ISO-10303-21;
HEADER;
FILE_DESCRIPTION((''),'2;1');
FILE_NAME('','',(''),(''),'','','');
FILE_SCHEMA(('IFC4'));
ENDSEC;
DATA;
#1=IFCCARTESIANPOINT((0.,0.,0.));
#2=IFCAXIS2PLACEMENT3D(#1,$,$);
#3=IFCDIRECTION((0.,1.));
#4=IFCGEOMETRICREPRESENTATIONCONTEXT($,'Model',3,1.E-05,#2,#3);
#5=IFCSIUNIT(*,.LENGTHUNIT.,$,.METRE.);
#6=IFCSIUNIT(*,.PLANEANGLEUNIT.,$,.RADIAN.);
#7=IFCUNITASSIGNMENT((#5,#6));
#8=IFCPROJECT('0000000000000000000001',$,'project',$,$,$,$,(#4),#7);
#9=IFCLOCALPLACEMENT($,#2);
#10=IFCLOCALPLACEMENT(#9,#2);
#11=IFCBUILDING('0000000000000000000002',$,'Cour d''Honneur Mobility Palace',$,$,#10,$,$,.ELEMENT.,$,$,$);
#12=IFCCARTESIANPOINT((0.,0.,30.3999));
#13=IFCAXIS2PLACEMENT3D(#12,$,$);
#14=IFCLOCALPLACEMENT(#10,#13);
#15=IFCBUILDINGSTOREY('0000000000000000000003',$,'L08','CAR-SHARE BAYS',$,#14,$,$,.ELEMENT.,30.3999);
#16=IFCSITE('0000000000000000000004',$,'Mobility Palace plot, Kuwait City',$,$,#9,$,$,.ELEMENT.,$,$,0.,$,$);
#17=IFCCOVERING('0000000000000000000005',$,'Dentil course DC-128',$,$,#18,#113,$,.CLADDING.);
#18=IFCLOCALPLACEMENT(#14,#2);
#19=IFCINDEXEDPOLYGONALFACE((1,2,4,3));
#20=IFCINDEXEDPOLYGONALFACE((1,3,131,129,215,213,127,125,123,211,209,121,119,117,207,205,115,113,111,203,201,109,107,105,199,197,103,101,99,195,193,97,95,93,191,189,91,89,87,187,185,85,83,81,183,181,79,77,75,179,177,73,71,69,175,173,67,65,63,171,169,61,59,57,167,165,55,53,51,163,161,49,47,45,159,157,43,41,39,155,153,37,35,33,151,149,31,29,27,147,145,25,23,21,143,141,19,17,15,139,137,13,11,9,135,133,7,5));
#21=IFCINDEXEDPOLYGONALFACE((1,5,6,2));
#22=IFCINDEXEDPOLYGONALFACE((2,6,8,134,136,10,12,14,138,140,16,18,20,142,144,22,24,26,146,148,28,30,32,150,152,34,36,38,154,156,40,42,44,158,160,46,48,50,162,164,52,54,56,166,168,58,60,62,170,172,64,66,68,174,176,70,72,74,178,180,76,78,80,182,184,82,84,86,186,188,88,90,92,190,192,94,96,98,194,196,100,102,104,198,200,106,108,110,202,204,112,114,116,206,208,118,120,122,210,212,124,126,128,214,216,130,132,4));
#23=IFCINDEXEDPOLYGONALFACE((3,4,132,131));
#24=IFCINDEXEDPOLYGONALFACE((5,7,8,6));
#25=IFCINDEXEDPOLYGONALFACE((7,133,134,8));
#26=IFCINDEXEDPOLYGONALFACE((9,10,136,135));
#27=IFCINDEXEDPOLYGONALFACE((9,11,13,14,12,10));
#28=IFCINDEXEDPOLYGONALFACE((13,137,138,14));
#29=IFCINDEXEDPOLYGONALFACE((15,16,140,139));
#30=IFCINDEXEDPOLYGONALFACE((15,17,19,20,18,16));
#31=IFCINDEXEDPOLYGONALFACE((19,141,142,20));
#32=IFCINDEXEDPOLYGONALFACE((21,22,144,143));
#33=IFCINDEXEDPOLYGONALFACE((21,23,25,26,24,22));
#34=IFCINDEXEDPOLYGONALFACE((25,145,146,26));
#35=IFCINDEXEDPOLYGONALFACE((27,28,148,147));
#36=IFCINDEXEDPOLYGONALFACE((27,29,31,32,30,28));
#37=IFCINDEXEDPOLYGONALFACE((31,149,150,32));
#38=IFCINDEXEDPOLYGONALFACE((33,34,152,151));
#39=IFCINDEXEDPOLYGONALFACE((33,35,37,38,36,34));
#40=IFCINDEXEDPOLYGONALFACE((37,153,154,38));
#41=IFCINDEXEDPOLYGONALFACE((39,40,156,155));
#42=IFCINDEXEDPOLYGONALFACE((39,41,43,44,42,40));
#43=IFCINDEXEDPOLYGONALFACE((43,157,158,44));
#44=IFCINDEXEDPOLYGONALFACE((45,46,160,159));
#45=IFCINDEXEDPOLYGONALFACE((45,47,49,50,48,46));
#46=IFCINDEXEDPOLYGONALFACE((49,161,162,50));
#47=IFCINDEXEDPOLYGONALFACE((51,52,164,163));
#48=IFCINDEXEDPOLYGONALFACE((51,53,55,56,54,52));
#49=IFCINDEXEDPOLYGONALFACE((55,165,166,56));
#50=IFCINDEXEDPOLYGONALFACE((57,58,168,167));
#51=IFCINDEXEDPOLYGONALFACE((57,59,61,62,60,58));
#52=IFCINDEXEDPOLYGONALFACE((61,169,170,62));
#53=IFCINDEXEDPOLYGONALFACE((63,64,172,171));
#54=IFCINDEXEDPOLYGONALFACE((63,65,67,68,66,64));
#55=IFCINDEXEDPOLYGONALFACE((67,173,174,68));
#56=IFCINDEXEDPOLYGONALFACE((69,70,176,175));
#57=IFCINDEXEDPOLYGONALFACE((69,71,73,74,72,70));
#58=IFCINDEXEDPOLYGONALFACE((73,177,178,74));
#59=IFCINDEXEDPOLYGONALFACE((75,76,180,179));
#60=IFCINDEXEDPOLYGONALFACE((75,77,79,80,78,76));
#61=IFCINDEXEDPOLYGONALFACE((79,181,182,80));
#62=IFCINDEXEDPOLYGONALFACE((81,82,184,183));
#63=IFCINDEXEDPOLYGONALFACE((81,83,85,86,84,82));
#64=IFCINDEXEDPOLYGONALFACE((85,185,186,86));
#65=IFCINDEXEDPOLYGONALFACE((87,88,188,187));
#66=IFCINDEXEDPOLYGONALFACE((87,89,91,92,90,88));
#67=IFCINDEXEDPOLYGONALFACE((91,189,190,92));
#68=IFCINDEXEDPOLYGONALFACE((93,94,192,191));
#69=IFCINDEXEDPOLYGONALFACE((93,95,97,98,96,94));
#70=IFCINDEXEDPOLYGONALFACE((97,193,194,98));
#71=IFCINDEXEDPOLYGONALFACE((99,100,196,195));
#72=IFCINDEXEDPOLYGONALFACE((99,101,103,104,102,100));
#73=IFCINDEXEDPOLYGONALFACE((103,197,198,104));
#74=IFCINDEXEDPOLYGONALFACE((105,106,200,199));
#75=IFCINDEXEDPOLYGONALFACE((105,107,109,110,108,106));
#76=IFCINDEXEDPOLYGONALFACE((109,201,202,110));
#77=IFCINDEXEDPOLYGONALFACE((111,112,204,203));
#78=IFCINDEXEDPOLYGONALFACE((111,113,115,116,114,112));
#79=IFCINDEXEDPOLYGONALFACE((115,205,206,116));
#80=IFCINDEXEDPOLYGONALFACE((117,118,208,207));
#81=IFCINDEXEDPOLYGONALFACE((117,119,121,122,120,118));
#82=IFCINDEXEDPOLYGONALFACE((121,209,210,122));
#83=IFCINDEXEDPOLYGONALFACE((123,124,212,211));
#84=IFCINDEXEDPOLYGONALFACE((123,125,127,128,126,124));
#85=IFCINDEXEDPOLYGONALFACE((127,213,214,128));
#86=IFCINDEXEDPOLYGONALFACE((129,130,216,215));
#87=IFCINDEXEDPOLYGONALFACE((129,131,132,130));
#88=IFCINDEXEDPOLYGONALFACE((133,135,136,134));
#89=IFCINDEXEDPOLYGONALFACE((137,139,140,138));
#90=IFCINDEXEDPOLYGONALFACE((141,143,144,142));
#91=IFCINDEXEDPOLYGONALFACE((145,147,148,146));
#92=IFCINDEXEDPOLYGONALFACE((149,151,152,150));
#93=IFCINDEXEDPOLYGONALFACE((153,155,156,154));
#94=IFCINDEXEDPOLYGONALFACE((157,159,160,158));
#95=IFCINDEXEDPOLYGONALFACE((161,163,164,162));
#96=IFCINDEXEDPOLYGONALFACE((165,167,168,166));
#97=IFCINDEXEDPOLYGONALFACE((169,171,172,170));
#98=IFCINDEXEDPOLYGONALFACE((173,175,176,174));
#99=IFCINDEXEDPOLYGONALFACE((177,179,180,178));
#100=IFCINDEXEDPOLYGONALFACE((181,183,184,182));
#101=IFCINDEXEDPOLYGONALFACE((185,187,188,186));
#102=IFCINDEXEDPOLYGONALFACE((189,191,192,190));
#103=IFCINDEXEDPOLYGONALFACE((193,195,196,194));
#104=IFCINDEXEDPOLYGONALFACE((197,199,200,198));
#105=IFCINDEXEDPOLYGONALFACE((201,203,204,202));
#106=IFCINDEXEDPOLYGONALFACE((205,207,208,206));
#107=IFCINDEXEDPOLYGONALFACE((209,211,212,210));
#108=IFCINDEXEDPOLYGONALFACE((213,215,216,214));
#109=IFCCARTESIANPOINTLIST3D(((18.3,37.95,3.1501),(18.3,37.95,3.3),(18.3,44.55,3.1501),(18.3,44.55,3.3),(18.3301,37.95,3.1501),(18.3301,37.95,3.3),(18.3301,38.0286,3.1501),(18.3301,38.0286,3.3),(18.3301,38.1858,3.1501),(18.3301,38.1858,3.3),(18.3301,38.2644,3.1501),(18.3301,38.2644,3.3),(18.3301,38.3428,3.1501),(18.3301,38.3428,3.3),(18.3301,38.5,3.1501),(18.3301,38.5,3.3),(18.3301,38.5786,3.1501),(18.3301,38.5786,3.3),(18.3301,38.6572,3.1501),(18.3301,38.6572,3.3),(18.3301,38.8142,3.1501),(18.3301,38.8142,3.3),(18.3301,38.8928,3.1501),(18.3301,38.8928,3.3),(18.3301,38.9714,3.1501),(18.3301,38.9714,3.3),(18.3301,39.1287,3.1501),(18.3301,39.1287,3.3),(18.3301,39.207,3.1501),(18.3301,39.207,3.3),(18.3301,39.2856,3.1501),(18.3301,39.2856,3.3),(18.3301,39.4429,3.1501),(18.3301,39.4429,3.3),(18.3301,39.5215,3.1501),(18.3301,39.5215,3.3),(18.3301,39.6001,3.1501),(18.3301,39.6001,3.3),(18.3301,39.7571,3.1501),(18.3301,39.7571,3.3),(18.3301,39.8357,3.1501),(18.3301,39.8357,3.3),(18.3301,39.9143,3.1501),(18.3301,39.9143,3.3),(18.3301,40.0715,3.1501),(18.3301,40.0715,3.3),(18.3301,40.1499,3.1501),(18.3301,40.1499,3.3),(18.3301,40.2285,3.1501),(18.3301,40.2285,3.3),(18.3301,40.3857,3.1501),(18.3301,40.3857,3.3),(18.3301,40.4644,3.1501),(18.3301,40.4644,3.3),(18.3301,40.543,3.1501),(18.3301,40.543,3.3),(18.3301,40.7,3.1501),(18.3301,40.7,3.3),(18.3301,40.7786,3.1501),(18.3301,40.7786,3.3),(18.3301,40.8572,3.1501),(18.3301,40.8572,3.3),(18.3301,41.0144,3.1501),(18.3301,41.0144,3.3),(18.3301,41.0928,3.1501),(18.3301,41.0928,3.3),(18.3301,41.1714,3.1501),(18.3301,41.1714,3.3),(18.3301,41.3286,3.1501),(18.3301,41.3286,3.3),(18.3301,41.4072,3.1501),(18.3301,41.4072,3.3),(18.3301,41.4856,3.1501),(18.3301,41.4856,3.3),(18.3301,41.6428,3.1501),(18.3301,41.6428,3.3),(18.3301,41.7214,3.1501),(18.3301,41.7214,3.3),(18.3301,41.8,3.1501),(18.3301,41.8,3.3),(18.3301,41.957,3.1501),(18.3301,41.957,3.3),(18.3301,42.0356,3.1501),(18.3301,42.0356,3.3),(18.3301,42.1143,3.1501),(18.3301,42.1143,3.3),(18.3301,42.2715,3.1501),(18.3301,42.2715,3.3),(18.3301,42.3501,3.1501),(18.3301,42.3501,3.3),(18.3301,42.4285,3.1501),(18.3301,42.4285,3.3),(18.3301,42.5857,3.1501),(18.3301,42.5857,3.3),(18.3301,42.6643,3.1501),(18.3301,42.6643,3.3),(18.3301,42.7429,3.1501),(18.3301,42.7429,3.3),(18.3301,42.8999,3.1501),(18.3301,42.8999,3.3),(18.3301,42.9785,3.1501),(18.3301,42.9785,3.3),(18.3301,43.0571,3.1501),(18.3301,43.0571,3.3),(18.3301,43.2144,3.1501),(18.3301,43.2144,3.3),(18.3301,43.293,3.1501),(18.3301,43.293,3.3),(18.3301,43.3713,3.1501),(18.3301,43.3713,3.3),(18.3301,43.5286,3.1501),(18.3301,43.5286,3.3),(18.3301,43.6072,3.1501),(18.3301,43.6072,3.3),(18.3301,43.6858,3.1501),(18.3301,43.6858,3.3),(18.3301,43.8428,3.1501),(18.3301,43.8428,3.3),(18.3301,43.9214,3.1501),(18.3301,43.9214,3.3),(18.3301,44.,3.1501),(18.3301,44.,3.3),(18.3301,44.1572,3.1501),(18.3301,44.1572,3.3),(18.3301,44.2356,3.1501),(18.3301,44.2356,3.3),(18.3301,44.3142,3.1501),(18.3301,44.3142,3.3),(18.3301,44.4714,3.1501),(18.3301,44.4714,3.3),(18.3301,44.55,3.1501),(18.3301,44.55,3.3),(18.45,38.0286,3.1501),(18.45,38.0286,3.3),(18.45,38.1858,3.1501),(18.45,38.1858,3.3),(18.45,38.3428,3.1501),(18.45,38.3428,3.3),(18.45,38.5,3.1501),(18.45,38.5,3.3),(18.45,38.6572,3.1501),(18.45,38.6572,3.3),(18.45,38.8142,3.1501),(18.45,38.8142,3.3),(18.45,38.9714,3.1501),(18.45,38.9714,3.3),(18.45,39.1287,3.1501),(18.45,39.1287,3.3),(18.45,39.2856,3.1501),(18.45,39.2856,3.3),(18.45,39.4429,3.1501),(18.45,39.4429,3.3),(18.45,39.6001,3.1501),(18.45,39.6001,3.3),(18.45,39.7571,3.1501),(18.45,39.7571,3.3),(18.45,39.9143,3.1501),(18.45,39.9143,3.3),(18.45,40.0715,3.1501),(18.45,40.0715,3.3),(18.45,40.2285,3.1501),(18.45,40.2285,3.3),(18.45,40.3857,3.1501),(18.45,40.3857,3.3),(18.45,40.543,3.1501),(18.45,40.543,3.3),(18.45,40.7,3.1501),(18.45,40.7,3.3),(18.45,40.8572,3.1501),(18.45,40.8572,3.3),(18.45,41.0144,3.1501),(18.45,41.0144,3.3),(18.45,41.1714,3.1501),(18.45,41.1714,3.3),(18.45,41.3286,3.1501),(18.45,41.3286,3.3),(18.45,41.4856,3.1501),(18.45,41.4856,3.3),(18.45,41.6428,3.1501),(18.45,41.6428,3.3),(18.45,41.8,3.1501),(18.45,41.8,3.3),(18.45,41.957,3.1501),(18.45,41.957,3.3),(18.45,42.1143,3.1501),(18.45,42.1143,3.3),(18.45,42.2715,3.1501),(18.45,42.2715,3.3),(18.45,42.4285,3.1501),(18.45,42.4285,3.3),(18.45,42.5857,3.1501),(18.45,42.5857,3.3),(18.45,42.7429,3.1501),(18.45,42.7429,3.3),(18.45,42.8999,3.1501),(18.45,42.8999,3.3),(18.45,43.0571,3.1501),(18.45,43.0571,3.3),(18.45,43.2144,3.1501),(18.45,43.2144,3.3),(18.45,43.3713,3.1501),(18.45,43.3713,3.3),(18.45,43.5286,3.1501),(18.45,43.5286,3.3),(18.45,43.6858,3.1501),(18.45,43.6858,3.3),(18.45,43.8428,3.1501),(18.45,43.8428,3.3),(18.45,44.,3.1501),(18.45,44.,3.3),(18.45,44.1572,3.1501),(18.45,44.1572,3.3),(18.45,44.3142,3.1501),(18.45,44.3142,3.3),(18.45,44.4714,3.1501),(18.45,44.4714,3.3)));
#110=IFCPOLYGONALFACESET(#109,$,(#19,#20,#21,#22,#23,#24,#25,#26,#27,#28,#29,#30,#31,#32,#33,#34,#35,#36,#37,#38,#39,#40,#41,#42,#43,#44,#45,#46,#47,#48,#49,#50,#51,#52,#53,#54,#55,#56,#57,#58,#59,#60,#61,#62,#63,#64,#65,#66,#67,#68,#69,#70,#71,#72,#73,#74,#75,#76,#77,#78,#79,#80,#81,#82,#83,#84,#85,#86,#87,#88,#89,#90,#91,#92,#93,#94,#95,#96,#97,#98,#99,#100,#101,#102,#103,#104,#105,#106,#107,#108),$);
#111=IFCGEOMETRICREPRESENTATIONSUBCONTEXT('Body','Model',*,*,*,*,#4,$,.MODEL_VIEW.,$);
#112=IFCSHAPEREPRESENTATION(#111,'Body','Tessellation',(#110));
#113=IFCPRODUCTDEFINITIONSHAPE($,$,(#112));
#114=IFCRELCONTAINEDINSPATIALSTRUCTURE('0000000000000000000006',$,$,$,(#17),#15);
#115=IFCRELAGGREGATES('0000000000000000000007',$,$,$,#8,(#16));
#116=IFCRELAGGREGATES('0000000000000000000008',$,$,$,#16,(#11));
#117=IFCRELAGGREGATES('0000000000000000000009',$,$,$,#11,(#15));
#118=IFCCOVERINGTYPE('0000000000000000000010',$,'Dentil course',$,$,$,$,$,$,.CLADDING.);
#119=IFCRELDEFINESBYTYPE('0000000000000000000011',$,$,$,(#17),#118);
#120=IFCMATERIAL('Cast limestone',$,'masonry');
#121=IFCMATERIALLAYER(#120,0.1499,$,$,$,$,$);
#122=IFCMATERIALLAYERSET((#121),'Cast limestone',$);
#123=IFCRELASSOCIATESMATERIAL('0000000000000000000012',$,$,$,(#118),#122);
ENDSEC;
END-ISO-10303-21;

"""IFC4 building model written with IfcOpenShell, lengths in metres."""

from ifc_helpers import new_model, si_unit, direction, frame, origin, place, context, subcontext, project, spatial, polyline, outline, extrude, material, layer, layer_set, type_object, element, save


model = new_model("IFC4")

# Units and contexts
model_context = context("Model", 3, precision=1e-05, world=origin(), true_north=direction((0.0, 1.0)))
body_context = subcontext(model_context, "Body", "Model", "MODEL_VIEW")
ifc_project = project(units=[si_unit("LENGTHUNIT", "METRE"), si_unit("PLANEANGLEUNIT", "RADIAN")], contexts=[model_context])

# Site, building, storey
site_placement = place(None, origin())
site = spatial("IfcSite", under=ifc_project, at=site_placement, Name="Mobility Palace plot, Kuwait City", CompositionType="ELEMENT", RefElevation=0.0)
building_placement = place(site_placement, origin())
building = spatial("IfcBuilding", under=site, at=building_placement, Name="Cour d'Honneur Mobility Palace", CompositionType="ELEMENT")
storey_placement = place(building_placement, frame((0.0, 0.0, 30.3999)))
storey = spatial("IfcBuildingStorey", under=building, at=storey_placement, Name="L08", Description="CAR-SHARE BAYS", CompositionType="ELEMENT", Elevation=30.3999)

# Covering
ifc_material_1 = material(Name="Cast limestone", Category="masonry")
ifc_layer_1 = layer(ifc_material_1, 0.1499)
ifc_layer_set_1 = layer_set([ifc_layer_1], Name="Cast limestone")
covering_type_1 = type_object("IfcCoveringType", Name="Dentil course", PredefinedType="CLADDING", material=ifc_layer_set_1)
covering_1_placement = place(storey_placement, frame((0.0, 0.0, 3.1501)))
element("IfcCovering", 1, at=covering_1_placement, inside=storey, type_object=covering_type_1, Name="Dentil course DC-128", PredefinedType="CLADDING", context=body_context, shape_type="SweptSolid", body=[
    extrude(outline(polyline([(18.3, 37.95), (18.3, 44.55), (18.3301, 44.55), (18.3301, 44.55), (18.3301, 44.4714), (18.45, 44.4714), (18.45, 44.3142), (18.3301, 44.3142), (18.3301, 44.2356), (18.3301, 44.2356), (18.3301, 44.1572), (18.45, 44.1572), (18.45, 44.0), (18.3301, 44.0), (18.3301, 43.9214), (18.3301, 43.9214), (18.3301, 43.8428), (18.45, 43.8428), (18.45, 43.6858), (18.3301, 43.6858), (18.3301, 43.6072), (18.3301, 43.6072), (18.3301, 43.5286), (18.45, 43.5286), (18.45, 43.3713), (18.3301, 43.3713), (18.3301, 43.293), (18.3301, 43.293), (18.3301, 43.2144), (18.45, 43.2144), (18.45, 43.0571), (18.3301, 43.0571), (18.3301, 42.9785), (18.3301, 42.9785), (18.3301, 42.8999), (18.45, 42.8999), (18.45, 42.7429), (18.3301, 42.7429), (18.3301, 42.6643), (18.3301, 42.6643), (18.3301, 42.5857), (18.45, 42.5857), (18.45, 42.4285), (18.3301, 42.4285), (18.3301, 42.3501), (18.3301, 42.3501), (18.3301, 42.2715), (18.45, 42.2715), (18.45, 42.1143), (18.3301, 42.1143), (18.3301, 42.0356), (18.3301, 42.0356), (18.3301, 41.957), (18.45, 41.957), (18.45, 41.8), (18.3301, 41.8), (18.3301, 41.7214), (18.3301, 41.7214), (18.3301, 41.6428), (18.45, 41.6428), (18.45, 41.4856), (18.3301, 41.4856), (18.3301, 41.4072), (18.3301, 41.4072), (18.3301, 41.3286), (18.45, 41.3286), (18.45, 41.1714), (18.3301, 41.1714), (18.3301, 41.0928), (18.3301, 41.0928), (18.3301, 41.0144), (18.45, 41.0144), (18.45, 40.8572), (18.3301, 40.8572), (18.3301, 40.7786), (18.3301, 40.7786), (18.3301, 40.7), (18.45, 40.7), (18.45, 40.543), (18.3301, 40.543), (18.3301, 40.4644), (18.3301, 40.4644), (18.3301, 40.3857), (18.45, 40.3857), (18.45, 40.2285), (18.3301, 40.2285), (18.3301, 40.1499), (18.3301, 40.1499), (18.3301, 40.0715), (18.45, 40.0715), (18.45, 39.9143), (18.3301, 39.9143), (18.3301, 39.8357), (18.3301, 39.8357), (18.3301, 39.7571), (18.45, 39.7571), (18.45, 39.6001), (18.3301, 39.6001), (18.3301, 39.5215), (18.3301, 39.5215), (18.3301, 39.4429), (18.45, 39.4429), (18.45, 39.2856), (18.3301, 39.2856), (18.3301, 39.207), (18.3301, 39.207), (18.3301, 39.1287), (18.45, 39.1287), (18.45, 38.9714), (18.3301, 38.9714), (18.3301, 38.8928), (18.3301, 38.8928), (18.3301, 38.8142), (18.45, 38.8142), (18.45, 38.6572), (18.3301, 38.6572), (18.3301, 38.5786), (18.3301, 38.5786), (18.3301, 38.5), (18.45, 38.5), (18.45, 38.3428), (18.3301, 38.3428), (18.3301, 38.2644), (18.3301, 38.2644), (18.3301, 38.1858), (18.45, 38.1858), (18.45, 38.0286), (18.3301, 38.0286), (18.3301, 37.95), (18.3, 37.95)])), origin(), (0.0, 0.0, 1.0), 0.1499),
])

save(model, "model.ifc")
